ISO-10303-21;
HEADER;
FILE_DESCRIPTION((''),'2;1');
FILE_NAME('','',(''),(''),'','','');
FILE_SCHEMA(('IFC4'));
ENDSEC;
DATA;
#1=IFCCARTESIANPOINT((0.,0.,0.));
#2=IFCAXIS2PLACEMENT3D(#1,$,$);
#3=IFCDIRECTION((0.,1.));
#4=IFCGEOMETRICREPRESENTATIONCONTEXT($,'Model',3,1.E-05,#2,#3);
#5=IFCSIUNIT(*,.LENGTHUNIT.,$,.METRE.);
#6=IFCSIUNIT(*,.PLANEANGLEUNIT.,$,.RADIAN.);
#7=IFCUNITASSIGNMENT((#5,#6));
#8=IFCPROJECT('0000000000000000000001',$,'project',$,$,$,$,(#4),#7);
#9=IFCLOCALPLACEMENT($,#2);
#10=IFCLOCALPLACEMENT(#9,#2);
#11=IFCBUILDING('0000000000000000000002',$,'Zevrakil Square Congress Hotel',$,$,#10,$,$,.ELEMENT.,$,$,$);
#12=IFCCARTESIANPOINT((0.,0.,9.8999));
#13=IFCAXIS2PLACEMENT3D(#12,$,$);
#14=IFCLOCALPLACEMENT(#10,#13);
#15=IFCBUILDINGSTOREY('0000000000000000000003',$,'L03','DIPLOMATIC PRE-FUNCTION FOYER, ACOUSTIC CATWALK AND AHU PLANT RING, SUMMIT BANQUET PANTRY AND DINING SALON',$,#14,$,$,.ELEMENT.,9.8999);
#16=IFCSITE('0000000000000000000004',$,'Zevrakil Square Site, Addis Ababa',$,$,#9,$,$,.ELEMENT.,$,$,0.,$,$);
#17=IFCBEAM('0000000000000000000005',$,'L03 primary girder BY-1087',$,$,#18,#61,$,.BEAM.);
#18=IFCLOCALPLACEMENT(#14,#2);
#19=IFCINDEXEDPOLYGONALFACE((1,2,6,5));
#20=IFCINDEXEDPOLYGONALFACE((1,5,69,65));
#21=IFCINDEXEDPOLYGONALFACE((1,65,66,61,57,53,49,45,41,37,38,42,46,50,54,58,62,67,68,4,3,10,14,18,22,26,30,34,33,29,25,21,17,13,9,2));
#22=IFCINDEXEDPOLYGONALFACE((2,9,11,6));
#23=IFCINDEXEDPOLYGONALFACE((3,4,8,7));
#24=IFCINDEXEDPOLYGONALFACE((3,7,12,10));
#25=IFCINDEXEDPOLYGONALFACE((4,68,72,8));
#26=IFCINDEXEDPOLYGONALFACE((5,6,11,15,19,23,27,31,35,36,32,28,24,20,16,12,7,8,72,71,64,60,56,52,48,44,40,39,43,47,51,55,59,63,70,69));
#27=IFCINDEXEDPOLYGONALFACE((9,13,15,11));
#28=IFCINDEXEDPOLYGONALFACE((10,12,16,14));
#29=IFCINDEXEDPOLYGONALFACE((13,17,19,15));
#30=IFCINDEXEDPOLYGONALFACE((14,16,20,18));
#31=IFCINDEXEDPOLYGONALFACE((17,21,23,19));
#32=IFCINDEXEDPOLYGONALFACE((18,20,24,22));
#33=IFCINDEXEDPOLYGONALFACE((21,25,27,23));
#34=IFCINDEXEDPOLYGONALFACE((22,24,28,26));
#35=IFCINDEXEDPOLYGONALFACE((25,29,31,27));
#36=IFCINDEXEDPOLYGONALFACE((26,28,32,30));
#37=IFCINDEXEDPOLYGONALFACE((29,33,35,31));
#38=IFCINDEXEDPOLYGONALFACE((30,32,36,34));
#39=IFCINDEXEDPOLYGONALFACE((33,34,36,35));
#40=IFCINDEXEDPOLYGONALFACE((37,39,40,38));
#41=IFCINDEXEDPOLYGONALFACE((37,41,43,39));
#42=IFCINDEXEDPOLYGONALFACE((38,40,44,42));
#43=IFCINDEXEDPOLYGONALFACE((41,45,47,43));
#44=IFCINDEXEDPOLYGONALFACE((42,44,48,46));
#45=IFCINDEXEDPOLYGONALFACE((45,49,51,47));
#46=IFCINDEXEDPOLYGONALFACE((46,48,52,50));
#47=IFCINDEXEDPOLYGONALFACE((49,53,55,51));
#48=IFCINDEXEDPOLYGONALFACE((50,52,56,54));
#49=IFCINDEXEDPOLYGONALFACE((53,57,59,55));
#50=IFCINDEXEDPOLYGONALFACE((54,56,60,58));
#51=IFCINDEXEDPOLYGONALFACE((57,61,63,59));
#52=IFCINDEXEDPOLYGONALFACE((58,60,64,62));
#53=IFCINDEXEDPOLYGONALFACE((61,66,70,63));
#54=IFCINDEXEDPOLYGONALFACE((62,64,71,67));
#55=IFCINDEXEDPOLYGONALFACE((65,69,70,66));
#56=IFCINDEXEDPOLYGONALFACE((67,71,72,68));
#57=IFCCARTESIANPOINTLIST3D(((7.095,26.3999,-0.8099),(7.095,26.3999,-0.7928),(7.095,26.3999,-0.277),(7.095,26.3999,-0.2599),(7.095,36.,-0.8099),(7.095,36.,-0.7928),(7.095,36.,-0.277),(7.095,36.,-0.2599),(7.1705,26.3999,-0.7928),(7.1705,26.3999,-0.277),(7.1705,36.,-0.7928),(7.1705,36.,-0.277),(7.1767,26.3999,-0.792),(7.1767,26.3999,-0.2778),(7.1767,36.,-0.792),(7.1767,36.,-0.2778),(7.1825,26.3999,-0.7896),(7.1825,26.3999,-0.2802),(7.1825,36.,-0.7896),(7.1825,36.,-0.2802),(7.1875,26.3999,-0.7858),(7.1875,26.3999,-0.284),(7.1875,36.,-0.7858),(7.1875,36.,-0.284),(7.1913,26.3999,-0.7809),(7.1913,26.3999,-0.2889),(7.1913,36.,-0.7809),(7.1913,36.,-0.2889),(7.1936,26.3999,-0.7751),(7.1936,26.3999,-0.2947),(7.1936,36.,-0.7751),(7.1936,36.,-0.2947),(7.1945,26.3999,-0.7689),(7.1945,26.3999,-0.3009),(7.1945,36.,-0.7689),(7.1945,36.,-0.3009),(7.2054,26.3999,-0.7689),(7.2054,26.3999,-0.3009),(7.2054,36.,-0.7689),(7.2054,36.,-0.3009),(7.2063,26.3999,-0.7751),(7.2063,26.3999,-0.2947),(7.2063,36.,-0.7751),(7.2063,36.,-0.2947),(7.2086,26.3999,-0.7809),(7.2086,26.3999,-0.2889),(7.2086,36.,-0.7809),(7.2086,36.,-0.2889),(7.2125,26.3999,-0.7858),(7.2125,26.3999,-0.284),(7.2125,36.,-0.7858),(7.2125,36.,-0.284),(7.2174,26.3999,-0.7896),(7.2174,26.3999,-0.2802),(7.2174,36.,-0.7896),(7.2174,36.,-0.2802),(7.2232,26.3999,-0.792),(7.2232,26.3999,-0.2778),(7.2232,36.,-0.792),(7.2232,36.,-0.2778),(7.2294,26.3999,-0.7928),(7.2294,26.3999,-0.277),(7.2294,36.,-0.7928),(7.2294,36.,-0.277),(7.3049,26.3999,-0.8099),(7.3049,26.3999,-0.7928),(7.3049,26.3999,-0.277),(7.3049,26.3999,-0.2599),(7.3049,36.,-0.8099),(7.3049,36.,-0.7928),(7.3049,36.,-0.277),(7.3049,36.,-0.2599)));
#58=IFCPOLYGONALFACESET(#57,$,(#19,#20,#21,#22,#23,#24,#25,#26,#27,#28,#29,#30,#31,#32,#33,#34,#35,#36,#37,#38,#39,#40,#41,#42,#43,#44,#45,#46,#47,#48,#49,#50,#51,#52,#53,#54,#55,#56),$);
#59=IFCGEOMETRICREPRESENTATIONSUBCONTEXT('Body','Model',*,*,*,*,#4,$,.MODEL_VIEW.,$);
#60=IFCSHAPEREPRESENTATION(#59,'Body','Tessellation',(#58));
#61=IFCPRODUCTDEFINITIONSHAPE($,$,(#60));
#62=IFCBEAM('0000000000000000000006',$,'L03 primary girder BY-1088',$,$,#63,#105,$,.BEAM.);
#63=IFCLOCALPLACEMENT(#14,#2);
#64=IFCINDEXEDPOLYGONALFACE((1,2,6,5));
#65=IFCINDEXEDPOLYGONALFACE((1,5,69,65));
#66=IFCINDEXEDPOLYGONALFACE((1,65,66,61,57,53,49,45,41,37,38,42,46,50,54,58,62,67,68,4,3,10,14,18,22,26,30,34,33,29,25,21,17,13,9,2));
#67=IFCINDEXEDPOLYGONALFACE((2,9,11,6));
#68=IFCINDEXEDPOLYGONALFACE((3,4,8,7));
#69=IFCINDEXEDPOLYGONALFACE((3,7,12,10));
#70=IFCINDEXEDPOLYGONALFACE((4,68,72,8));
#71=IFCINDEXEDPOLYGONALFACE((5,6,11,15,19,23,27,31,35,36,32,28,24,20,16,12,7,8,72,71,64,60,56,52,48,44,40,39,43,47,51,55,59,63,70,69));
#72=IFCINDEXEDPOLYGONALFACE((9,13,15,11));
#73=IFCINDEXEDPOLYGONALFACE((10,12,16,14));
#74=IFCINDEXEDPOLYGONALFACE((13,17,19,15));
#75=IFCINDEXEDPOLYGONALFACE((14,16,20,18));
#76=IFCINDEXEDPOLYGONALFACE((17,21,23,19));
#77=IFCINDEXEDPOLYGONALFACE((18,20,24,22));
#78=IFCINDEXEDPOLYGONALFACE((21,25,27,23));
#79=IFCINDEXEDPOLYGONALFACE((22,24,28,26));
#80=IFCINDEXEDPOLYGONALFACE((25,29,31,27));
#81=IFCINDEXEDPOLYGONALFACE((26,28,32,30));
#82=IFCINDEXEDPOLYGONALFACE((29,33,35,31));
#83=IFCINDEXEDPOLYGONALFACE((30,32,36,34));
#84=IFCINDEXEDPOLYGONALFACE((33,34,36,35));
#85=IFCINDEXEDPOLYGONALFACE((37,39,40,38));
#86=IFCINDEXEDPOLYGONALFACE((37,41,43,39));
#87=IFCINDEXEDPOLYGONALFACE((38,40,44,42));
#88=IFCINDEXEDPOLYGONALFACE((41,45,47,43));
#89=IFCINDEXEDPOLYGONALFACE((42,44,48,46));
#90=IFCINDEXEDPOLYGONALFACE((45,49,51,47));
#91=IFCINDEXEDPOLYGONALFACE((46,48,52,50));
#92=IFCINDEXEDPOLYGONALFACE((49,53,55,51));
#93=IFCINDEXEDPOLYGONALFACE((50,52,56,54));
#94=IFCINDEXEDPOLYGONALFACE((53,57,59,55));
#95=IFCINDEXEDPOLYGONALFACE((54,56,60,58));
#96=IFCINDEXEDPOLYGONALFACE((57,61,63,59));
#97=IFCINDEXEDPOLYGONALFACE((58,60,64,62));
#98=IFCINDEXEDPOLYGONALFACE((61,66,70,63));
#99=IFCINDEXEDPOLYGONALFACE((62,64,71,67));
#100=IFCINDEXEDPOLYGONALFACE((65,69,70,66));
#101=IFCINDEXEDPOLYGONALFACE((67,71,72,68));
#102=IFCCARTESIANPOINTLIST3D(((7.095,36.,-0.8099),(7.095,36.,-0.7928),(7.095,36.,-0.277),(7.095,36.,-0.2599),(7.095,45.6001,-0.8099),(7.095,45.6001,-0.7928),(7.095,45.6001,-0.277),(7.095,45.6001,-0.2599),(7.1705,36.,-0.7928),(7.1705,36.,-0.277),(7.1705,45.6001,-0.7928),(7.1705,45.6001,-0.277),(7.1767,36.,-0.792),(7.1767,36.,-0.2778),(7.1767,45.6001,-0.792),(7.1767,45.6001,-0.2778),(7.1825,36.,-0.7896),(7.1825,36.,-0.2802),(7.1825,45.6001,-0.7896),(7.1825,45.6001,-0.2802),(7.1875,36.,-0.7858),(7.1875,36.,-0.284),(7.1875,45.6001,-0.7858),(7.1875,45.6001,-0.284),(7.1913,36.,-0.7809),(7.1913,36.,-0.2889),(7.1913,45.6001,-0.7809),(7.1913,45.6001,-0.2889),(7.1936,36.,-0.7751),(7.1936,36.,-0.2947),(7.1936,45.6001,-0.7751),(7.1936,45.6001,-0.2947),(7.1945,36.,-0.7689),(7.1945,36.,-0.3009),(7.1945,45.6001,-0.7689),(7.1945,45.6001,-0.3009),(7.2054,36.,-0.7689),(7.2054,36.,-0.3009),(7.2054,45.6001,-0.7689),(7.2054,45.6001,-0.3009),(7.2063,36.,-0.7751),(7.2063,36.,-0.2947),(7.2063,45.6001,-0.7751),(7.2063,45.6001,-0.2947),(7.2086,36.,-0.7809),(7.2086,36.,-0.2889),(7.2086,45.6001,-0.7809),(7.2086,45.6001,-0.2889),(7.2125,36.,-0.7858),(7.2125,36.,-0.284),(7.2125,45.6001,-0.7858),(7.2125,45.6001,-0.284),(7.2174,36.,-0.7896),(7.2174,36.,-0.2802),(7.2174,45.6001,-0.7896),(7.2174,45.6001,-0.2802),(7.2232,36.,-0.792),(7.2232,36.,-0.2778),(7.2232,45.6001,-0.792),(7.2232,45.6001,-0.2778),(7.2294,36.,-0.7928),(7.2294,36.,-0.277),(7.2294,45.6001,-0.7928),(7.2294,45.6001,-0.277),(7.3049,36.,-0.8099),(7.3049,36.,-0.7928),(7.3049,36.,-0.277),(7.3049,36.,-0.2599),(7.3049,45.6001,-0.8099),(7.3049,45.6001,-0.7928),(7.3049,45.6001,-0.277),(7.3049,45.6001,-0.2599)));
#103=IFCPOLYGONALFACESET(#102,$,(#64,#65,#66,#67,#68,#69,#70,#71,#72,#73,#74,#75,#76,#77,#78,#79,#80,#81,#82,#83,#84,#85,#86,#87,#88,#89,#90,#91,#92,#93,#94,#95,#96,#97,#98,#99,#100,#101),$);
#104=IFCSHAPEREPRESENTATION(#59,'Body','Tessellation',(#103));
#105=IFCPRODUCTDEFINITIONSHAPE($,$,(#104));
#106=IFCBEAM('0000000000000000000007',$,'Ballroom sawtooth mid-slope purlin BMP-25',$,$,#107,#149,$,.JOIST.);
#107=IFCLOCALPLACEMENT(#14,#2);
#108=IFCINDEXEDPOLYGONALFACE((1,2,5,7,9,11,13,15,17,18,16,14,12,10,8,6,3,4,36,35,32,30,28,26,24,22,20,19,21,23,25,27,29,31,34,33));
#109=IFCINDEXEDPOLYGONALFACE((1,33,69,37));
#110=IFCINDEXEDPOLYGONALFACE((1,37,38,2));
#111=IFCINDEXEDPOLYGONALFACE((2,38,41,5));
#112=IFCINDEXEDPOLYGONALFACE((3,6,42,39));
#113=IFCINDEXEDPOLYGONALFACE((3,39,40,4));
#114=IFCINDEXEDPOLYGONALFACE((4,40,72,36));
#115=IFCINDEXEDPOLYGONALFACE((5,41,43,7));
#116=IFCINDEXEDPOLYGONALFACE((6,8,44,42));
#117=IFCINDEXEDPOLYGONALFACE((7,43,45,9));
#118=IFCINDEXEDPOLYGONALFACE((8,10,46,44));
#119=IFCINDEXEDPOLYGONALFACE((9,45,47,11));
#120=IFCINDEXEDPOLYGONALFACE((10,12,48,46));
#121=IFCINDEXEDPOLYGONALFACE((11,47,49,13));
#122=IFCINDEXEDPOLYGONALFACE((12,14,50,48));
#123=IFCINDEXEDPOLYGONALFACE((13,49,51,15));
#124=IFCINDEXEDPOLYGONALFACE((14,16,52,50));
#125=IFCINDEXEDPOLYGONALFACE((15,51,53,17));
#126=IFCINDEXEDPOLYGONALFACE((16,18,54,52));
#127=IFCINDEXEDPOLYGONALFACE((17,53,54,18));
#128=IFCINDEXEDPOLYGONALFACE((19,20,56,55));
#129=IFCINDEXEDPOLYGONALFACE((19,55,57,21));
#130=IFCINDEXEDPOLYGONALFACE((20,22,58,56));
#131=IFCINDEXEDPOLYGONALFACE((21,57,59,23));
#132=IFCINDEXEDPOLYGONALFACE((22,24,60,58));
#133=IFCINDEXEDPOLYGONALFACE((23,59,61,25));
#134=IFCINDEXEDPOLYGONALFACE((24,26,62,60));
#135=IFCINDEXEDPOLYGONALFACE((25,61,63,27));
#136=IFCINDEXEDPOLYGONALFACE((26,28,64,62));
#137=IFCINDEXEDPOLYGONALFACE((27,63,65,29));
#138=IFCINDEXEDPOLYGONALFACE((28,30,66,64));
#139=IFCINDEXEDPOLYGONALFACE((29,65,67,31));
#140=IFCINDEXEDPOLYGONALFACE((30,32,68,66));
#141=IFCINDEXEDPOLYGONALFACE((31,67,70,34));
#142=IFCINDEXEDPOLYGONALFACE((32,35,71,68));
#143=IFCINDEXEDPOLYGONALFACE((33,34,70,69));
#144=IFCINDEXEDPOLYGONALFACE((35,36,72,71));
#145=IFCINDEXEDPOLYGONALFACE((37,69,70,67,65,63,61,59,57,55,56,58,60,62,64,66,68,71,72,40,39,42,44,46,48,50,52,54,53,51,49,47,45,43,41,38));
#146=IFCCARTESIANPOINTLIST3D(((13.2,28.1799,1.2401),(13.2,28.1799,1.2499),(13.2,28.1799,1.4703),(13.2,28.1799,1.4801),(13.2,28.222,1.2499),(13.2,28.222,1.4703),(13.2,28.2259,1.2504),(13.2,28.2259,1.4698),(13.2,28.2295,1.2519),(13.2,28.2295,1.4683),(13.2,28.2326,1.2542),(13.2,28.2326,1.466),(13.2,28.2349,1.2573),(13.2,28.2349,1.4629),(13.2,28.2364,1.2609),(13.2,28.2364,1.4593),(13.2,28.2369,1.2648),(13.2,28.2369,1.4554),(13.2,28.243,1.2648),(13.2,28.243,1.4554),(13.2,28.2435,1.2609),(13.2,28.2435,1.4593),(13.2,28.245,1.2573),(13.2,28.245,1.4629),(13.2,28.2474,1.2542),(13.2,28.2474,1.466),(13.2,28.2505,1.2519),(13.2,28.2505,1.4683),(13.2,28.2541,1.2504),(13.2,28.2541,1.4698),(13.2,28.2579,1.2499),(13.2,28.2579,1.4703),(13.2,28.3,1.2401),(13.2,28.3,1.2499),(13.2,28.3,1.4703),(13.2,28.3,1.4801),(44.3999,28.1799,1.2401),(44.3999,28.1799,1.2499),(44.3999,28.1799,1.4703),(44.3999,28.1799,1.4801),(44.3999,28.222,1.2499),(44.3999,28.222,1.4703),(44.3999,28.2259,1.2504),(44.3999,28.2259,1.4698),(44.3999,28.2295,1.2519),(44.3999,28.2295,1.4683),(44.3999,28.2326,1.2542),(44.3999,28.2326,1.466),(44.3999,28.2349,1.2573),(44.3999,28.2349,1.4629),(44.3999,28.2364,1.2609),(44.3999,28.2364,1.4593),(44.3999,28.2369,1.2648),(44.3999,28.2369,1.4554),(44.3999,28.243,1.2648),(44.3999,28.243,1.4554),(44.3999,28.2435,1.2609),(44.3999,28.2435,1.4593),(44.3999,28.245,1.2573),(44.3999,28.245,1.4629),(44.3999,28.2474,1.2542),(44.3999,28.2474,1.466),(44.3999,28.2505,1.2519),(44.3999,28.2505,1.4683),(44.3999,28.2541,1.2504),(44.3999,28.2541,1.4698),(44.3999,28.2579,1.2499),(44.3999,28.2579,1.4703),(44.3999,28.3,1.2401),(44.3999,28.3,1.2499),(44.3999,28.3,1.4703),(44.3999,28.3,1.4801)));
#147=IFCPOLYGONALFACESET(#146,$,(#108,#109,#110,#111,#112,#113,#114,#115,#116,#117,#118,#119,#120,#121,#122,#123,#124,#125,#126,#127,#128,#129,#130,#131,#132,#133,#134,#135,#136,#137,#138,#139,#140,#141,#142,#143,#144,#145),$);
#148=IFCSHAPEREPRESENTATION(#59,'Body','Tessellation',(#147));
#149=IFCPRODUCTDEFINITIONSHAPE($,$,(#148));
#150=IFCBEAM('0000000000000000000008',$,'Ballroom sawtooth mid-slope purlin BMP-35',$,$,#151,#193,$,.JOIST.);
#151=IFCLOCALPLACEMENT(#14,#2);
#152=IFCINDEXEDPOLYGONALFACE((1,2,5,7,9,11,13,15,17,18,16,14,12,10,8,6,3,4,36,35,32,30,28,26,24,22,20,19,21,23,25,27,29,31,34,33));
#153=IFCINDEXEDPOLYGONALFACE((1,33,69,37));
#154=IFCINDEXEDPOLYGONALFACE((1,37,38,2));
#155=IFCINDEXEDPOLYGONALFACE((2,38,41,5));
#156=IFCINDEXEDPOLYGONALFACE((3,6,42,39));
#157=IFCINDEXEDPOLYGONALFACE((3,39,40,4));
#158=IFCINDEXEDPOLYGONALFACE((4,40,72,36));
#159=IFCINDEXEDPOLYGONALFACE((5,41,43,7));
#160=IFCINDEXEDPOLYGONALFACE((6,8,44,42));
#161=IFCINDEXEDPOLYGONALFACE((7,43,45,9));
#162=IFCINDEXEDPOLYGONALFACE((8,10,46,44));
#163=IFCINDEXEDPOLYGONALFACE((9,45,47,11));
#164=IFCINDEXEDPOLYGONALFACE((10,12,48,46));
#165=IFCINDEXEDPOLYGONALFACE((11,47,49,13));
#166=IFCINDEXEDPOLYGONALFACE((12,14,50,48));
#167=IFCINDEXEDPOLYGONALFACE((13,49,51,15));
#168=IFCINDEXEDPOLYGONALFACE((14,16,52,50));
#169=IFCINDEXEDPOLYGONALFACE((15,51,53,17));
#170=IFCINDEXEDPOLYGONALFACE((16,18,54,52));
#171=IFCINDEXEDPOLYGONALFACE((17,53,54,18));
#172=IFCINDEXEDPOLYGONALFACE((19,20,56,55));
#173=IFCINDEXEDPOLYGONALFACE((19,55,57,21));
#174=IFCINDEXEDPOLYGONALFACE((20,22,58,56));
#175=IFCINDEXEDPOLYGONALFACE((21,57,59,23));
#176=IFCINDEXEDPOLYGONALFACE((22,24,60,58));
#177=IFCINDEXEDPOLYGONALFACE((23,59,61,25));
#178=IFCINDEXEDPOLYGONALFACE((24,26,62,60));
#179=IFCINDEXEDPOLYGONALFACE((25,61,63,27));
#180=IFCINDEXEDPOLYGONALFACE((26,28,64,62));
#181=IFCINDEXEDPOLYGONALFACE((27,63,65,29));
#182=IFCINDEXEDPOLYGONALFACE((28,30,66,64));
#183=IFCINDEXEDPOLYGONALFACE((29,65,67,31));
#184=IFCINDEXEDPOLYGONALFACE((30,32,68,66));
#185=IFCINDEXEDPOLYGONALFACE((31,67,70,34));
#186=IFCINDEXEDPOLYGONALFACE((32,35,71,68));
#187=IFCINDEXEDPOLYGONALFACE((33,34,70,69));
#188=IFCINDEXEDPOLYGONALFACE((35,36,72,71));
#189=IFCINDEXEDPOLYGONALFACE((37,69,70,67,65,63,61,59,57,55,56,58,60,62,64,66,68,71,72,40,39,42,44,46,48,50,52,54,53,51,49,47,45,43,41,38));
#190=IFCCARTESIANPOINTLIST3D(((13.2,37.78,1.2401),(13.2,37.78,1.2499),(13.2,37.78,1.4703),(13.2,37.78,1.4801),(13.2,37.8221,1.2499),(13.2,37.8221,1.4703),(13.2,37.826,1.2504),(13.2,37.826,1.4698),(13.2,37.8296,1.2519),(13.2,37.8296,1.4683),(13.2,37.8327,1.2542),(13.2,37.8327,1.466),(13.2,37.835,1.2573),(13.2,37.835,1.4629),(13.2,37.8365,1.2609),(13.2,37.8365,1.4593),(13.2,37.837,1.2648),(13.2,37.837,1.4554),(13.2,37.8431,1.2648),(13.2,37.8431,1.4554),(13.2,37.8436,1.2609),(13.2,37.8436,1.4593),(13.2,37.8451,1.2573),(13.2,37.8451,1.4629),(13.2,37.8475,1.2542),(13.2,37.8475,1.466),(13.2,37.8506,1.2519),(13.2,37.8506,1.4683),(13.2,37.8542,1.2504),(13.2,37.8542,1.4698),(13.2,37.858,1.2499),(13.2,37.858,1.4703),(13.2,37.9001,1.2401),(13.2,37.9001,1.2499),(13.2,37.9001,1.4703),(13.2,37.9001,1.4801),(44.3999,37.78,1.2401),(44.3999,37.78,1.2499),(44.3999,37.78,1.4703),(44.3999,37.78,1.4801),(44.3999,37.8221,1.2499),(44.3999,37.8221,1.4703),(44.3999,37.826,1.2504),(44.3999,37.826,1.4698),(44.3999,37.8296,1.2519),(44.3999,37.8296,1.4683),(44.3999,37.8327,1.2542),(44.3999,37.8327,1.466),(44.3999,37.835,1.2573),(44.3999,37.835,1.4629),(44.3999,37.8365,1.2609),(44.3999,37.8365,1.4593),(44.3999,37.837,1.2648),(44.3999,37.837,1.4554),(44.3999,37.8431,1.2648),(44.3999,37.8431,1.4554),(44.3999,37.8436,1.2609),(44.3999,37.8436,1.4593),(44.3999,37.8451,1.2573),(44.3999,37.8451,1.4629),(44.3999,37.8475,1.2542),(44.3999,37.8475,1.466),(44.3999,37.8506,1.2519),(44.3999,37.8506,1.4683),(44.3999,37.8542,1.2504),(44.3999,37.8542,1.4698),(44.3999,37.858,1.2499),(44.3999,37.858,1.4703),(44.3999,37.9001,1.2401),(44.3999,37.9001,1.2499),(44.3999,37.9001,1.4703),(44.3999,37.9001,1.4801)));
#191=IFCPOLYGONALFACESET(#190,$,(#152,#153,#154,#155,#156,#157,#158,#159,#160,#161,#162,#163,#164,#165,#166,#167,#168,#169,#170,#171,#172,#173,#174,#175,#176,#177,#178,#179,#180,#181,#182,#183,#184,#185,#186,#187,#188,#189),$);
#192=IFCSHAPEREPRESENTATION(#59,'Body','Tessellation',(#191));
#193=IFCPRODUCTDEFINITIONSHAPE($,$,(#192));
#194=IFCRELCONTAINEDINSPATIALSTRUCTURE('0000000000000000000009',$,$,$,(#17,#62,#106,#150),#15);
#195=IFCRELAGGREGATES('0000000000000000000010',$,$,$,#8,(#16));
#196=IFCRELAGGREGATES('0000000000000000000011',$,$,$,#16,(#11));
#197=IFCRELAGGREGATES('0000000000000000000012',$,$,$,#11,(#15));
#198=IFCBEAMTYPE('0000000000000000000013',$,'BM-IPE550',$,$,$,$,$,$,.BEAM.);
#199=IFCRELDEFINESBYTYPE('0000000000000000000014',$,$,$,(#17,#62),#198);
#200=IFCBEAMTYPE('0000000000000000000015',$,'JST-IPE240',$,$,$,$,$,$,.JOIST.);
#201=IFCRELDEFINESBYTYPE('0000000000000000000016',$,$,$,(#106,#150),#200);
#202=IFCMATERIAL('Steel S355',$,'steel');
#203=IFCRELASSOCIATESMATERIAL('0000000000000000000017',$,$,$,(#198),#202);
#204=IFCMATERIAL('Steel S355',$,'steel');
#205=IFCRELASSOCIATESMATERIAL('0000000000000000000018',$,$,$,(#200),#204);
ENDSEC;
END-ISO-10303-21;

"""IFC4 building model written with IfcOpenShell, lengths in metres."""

from ifc_helpers import new_model, si_unit, direction, frame, origin, origin_2d, place, context, subcontext, project, spatial, i_section, extrude, material, material_profile, profile_set, type_object, element, save


model = new_model("IFC4")

# Units and contexts
model_context = context("Model", 3, precision=1e-05, world=origin(), true_north=direction((0.0, 1.0)))
body_context = subcontext(model_context, "Body", "Model", "MODEL_VIEW")
ifc_project = project(units=[si_unit("LENGTHUNIT", "METRE"), si_unit("PLANEANGLEUNIT", "RADIAN")], contexts=[model_context])

# Site, building, storey
site_placement = place(None, origin())
site = spatial("IfcSite", under=ifc_project, at=site_placement, Name="Zevrakil Square Site, Addis Ababa", CompositionType="ELEMENT", RefElevation=0.0)
building_placement = place(site_placement, origin())
building = spatial("IfcBuilding", under=site, at=building_placement, Name="Zevrakil Square Congress Hotel", CompositionType="ELEMENT")
storey_placement = place(building_placement, frame((0.0, 0.0, 9.8999)))
storey = spatial("IfcBuildingStorey", under=building, at=storey_placement, Name="L03", Description="DIPLOMATIC PRE-FUNCTION FOYER, ACOUSTIC CATWALK AND AHU PLANT RING, SUMMIT BANQUET PANTRY AND DINING SALON", CompositionType="ELEMENT", Elevation=9.8999)

# Beams
ifc_material_1 = material(Name="Steel S355", Category="steel")
ifc_material_profile_1 = material_profile(ifc_material_1, i_section(OverallWidth=0.21, OverallDepth=0.55, WebThickness=0.011, FlangeThickness=0.0171, FilletRadius=0.0239, at=origin_2d()), Name="IPE 550")
ifc_profile_set_1 = profile_set([ifc_material_profile_1], Name="Steel S355")
beam_type_1 = type_object("IfcBeamType", Name="BM-IPE550", PredefinedType="BEAM", material=ifc_profile_set_1)
for number, where, z_axis, x_axis, name in (
    (1, (7.2, 26.3999, -0.5349), (0.0, 1.0, 0.0), (-1.0, 0.0, 0.0), "L03 primary girder BY-1087"),
    (2, (7.2, 36.0, -0.5349), (0.0, 1.0, 0.0), (-1.0, 0.0, 0.0), "L03 primary girder BY-1088"),
):
    element("IfcBeam", number, at=place(storey_placement, frame(where, z_axis=z_axis, x_axis=x_axis)), inside=storey, type_object=beam_type_1, Name=name, PredefinedType="BEAM", context=body_context, shape_type="SweptSolid", body=[
        extrude(i_section(OverallWidth=0.21, OverallDepth=0.55, WebThickness=0.011, FlangeThickness=0.0171, FilletRadius=0.0239, at=origin_2d()), origin(), (0.0, 0.0, 1.0), 9.6001),
    ])
ifc_material_2 = material(Name="Steel S355", Category="steel")
ifc_material_profile_2 = material_profile(ifc_material_2, i_section(OverallWidth=0.1201, OverallDepth=0.24, WebThickness=0.0061, FlangeThickness=0.0098, FilletRadius=0.0149, at=origin_2d()), Name="IPE 240")
ifc_profile_set_2 = profile_set([ifc_material_profile_2], Name="Steel S355")
beam_type_2 = type_object("IfcBeamType", Name="JST-IPE240", PredefinedType="JOIST", material=ifc_profile_set_2)
for number, where, z_axis, x_axis, name in (
    (3, (13.2, 28.24, 1.3601), (1.0, 0.0, 0.0), (0.0, 1.0, 0.0), "Ballroom sawtooth mid-slope purlin BMP-25"),
    (4, (13.2, 37.8401, 1.3601), (1.0, 0.0, 0.0), (0.0, 1.0, 0.0), "Ballroom sawtooth mid-slope purlin BMP-35"),
):
    element("IfcBeam", number, at=place(storey_placement, frame(where, z_axis=z_axis, x_axis=x_axis)), inside=storey, type_object=beam_type_2, Name=name, PredefinedType="JOIST", context=body_context, shape_type="SweptSolid", body=[
        extrude(i_section(OverallWidth=0.1201, OverallDepth=0.24, WebThickness=0.0061, FlangeThickness=0.0098, FilletRadius=0.0149, at=origin_2d()), origin(), (0.0, 0.0, 1.0), 31.2),
    ])

save(model, "model.ifc")
